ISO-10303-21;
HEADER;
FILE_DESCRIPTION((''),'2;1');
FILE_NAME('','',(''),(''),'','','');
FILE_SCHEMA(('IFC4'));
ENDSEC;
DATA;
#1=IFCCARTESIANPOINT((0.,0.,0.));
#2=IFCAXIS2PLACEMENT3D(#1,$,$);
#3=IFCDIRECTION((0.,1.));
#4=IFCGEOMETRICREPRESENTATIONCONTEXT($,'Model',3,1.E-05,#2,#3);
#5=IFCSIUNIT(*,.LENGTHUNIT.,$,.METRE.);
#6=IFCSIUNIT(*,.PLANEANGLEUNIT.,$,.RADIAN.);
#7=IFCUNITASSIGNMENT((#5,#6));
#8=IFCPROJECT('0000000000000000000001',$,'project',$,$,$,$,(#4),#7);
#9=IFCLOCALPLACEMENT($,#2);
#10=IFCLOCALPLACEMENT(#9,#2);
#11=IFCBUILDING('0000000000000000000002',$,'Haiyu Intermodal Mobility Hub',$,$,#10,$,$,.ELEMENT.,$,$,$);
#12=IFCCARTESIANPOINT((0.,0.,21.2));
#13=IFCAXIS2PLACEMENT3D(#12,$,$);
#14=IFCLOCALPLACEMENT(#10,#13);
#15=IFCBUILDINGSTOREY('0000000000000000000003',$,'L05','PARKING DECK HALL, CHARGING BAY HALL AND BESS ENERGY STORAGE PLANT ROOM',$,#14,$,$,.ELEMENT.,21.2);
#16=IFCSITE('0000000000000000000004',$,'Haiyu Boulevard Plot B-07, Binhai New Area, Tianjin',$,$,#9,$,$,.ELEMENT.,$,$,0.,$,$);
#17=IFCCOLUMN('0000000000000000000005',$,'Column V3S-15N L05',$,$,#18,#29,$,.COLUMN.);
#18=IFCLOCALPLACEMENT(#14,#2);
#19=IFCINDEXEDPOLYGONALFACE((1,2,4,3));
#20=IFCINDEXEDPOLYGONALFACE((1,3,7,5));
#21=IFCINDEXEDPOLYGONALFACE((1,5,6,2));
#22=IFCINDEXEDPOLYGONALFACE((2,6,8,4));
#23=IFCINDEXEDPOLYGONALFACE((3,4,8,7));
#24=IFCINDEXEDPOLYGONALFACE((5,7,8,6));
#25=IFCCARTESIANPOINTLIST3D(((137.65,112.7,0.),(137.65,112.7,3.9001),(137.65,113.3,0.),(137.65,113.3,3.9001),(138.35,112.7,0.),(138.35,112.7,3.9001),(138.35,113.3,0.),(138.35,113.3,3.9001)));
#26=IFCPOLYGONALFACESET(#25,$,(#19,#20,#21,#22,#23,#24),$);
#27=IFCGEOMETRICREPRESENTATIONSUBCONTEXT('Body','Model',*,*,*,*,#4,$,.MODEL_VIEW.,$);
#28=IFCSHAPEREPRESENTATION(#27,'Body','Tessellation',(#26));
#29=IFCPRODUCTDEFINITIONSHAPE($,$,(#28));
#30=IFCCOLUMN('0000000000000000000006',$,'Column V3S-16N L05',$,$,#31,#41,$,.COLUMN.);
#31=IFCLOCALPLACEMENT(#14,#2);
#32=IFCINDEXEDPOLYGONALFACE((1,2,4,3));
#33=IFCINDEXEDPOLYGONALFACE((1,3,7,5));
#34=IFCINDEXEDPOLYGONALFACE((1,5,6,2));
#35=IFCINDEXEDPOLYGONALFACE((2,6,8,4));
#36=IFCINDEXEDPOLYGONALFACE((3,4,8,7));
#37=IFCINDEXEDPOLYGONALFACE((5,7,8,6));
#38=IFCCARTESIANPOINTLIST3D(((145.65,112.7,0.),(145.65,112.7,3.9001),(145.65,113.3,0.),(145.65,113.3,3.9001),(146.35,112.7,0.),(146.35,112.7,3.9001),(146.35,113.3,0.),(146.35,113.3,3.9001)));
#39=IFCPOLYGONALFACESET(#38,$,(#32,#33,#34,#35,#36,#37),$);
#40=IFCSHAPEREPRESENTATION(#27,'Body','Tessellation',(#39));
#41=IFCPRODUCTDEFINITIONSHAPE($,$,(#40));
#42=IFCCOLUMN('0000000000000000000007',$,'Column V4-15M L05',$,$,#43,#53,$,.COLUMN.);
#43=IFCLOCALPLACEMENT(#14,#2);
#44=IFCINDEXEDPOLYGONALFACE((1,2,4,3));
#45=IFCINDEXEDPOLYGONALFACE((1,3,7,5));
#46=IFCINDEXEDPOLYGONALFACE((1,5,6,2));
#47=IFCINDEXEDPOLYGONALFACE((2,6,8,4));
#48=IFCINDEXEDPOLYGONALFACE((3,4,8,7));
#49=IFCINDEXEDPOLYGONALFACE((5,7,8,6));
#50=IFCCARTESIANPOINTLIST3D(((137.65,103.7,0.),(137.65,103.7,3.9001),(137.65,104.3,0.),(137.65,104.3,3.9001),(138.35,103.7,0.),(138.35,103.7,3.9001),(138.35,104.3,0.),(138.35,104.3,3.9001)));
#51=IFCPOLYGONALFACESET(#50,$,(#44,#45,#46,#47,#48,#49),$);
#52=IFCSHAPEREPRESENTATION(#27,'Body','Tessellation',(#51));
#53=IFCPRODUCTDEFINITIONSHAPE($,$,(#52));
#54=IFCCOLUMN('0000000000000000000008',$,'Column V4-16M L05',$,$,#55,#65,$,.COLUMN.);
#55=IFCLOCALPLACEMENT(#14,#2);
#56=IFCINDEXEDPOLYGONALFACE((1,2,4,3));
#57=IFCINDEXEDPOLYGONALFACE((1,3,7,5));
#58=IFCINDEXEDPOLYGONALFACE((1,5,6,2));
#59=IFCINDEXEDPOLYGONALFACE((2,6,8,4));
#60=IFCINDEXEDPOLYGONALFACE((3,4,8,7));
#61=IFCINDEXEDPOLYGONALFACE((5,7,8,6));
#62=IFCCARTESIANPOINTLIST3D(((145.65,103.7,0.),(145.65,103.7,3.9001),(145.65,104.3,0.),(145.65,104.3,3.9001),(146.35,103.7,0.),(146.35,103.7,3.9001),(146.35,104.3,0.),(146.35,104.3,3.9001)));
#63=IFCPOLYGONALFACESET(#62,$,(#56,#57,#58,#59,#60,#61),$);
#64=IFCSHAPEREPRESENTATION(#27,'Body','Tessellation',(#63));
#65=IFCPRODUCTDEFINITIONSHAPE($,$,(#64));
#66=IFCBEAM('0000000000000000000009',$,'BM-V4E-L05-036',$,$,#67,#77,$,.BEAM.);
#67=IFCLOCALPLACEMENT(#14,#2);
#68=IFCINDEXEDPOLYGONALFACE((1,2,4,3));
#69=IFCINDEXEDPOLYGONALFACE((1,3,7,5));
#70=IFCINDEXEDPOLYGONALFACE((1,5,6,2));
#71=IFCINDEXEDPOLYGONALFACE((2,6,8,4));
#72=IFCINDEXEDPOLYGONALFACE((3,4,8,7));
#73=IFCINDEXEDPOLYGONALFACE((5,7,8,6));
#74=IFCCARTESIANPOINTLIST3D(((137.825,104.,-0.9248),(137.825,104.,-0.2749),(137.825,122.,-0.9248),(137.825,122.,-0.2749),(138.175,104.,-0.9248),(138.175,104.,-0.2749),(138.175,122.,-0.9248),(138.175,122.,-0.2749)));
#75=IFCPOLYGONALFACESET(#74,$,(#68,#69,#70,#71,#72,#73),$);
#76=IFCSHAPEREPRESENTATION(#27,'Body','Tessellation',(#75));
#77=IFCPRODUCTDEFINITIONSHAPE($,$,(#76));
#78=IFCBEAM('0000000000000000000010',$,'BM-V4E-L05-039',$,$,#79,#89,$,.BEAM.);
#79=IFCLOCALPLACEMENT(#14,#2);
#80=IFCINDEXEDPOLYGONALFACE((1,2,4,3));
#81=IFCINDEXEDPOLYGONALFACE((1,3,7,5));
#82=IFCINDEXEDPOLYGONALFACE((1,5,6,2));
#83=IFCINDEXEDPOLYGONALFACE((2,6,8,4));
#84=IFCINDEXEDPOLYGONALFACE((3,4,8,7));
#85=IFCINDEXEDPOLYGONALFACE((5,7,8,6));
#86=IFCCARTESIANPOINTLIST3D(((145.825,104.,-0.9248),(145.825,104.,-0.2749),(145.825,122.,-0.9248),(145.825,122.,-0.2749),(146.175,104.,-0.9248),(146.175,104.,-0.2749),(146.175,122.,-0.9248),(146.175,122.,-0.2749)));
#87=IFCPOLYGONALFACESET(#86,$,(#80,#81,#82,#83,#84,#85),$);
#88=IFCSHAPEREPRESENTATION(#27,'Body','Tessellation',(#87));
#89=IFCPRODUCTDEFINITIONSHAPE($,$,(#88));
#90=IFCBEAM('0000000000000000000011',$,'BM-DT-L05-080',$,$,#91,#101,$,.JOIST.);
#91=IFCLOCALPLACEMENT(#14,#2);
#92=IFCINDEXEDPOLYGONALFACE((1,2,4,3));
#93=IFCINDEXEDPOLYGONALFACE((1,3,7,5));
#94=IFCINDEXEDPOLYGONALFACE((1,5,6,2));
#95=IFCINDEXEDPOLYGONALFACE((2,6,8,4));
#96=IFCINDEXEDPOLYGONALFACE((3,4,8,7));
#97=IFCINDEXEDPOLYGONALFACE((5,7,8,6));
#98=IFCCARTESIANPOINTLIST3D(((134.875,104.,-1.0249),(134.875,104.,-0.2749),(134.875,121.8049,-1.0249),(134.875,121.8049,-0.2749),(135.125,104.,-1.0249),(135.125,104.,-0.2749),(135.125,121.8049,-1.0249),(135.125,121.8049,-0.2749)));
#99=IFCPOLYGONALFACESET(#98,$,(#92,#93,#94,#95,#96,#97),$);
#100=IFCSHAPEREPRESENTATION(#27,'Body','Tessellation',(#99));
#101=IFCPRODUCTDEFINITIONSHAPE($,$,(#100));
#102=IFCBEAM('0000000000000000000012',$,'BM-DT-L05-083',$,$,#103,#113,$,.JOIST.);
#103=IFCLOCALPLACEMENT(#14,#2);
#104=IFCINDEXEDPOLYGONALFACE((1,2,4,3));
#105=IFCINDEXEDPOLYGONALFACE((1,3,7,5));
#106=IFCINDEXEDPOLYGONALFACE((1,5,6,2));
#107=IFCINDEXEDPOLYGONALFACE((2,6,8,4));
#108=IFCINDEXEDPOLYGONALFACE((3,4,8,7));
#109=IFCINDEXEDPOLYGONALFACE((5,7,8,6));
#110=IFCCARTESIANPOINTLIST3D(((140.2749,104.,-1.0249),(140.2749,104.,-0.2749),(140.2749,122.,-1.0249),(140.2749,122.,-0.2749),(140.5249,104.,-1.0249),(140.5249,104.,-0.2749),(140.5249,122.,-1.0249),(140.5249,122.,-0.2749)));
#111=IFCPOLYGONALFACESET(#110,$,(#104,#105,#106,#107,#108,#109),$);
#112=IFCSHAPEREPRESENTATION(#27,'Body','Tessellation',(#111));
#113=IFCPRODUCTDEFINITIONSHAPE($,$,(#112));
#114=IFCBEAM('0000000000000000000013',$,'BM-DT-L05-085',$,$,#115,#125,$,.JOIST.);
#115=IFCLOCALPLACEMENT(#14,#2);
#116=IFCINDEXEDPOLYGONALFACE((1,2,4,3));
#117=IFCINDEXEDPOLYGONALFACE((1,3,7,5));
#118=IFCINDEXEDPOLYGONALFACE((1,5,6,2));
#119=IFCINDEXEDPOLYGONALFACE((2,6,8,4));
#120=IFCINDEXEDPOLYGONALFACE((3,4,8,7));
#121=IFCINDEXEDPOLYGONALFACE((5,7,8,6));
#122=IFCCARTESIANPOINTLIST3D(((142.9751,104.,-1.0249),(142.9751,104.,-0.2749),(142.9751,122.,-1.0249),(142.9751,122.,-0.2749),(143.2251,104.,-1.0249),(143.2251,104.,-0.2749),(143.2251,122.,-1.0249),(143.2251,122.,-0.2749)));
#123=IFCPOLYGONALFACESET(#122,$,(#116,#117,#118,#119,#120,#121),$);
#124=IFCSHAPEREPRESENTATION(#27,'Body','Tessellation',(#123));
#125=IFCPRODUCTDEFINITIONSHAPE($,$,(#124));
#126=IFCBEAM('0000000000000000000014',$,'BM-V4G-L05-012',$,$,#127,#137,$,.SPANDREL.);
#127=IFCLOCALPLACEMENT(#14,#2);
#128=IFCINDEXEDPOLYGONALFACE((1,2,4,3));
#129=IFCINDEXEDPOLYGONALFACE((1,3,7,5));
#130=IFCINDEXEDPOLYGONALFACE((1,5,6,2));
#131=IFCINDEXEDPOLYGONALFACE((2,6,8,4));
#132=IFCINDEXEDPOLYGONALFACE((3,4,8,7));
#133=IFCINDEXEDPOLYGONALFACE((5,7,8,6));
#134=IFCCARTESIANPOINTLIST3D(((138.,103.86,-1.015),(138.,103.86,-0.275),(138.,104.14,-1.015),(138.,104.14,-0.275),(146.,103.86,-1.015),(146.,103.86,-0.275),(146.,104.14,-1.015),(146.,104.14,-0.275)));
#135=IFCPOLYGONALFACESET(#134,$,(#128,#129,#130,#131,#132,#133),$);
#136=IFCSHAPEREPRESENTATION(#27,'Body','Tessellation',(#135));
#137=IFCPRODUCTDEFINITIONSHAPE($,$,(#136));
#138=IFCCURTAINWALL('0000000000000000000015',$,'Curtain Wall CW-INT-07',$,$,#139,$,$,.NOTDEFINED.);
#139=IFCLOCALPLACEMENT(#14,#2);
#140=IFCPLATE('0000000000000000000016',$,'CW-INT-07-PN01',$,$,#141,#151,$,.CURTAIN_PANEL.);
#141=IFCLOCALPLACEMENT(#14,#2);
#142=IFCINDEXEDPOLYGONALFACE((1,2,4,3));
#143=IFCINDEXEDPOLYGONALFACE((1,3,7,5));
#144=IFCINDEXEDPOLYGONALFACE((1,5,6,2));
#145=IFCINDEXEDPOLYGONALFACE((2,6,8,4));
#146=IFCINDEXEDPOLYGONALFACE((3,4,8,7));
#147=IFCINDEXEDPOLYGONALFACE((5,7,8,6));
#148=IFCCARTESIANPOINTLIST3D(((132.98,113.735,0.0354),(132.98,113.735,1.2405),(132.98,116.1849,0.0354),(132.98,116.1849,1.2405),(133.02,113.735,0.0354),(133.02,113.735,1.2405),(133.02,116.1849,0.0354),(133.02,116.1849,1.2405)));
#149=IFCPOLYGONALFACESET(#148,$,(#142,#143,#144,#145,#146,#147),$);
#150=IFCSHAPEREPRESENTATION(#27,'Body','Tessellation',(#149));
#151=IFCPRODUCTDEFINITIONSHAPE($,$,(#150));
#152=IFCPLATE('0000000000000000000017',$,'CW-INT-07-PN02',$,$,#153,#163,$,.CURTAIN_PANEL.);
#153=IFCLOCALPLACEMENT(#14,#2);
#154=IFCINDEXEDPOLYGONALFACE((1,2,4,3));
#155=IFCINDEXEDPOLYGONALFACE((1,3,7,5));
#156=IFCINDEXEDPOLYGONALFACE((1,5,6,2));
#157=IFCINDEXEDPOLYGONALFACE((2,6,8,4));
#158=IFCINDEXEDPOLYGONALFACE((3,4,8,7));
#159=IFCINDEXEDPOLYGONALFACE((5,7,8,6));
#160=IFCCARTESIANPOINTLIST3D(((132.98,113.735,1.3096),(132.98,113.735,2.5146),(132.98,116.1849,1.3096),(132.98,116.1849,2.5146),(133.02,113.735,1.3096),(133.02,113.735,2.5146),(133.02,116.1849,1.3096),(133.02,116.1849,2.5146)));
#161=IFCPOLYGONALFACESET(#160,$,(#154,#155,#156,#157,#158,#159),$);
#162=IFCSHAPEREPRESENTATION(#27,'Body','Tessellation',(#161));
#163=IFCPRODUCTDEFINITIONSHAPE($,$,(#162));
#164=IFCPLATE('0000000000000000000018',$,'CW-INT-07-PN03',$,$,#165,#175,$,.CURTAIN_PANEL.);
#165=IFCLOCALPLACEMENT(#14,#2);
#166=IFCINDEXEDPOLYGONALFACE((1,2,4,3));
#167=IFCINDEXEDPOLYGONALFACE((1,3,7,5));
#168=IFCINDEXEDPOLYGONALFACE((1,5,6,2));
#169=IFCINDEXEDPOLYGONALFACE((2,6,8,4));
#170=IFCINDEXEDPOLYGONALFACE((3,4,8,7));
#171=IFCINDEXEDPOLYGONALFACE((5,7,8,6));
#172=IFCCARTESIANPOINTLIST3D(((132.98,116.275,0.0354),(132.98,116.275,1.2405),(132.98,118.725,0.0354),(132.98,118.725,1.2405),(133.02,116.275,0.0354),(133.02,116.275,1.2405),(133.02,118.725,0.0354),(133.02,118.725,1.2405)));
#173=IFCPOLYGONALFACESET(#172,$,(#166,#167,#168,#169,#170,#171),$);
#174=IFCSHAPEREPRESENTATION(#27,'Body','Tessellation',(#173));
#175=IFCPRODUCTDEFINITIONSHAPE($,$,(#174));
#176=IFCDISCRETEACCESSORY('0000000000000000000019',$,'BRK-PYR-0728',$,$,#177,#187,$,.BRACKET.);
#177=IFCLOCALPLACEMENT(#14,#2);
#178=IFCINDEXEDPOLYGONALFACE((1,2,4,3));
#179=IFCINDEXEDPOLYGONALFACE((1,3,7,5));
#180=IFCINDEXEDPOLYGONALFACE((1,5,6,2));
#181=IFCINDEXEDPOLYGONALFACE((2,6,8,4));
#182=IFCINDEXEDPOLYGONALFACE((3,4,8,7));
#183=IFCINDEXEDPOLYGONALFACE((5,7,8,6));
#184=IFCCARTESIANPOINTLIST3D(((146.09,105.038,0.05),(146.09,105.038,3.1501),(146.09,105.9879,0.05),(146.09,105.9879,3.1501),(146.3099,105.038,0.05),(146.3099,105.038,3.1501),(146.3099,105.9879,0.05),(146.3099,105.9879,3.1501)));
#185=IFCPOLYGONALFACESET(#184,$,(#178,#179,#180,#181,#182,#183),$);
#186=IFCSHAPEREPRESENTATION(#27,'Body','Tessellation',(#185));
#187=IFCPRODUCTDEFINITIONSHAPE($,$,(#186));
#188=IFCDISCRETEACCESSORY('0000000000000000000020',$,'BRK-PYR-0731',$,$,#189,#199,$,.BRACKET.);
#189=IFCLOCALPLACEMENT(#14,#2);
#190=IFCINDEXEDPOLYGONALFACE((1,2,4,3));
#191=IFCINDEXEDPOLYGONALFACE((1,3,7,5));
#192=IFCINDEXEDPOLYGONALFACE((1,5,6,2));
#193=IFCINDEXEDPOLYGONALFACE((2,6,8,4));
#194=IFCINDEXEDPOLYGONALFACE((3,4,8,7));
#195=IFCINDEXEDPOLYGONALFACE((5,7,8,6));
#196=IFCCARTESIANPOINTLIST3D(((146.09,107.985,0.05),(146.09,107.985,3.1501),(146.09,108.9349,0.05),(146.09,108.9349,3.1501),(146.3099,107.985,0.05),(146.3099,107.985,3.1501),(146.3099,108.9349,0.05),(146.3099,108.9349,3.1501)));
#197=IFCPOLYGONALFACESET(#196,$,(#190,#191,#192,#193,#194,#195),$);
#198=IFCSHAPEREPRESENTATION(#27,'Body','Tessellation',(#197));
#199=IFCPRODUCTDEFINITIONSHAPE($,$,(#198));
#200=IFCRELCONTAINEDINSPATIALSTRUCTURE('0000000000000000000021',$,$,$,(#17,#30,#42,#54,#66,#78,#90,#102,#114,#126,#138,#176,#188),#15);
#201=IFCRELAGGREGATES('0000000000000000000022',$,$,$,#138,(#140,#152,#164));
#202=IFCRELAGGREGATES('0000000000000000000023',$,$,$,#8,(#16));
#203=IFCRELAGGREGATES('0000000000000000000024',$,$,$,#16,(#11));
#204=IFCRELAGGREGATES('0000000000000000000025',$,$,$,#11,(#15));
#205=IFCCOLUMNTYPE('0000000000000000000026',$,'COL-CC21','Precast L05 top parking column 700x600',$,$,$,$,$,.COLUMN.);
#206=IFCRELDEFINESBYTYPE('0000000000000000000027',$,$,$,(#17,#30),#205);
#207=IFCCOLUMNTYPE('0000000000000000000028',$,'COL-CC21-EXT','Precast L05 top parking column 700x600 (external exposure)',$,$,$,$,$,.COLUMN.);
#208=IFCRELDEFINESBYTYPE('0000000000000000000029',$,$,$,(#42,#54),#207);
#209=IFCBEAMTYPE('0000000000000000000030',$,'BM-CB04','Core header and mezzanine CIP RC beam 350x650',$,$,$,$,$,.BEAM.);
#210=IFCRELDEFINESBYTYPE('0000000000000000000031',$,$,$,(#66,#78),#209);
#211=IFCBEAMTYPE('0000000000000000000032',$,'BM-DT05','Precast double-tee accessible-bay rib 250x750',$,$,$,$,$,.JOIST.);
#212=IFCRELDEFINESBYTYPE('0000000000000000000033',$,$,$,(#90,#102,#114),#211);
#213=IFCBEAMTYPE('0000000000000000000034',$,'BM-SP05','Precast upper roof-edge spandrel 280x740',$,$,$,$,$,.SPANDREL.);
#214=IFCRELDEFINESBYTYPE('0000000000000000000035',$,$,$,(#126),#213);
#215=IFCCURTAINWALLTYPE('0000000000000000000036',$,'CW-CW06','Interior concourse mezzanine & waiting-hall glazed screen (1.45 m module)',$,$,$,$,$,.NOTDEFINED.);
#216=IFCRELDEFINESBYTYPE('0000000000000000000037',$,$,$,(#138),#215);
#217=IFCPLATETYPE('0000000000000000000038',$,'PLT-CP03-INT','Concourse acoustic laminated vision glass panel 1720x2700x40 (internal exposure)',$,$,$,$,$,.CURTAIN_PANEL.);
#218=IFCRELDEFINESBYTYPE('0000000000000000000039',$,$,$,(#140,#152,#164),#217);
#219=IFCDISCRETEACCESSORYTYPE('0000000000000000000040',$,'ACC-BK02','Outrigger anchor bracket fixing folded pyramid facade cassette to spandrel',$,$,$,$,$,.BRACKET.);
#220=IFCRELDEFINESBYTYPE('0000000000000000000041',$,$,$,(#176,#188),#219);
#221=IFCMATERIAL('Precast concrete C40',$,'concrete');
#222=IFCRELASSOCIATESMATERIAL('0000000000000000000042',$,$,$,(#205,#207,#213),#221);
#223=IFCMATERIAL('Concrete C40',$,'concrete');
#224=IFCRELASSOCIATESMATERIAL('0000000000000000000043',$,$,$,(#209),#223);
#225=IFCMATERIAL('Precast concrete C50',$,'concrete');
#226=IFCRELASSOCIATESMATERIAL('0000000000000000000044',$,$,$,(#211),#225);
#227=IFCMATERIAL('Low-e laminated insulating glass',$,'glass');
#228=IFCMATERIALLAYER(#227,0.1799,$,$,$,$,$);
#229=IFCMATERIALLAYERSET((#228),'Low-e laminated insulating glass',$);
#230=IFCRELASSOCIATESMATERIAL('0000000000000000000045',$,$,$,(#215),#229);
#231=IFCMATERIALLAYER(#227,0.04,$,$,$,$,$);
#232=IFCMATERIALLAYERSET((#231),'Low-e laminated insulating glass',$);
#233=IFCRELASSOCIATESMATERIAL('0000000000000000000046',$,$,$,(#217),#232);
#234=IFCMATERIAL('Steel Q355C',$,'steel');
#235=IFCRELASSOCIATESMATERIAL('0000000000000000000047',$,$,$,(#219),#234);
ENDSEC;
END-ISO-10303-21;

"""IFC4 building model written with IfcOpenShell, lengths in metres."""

from ifc_helpers import new_model, si_unit, direction, frame, origin, origin_2d, place, context, subcontext, project, spatial, rectangle, extrude, material, layer, layer_set, material_profile, profile_set, type_object, element, aggregate, save


model = new_model("IFC4")

# Units and contexts
model_context = context("Model", 3, precision=1e-05, world=origin(), true_north=direction((0.0, 1.0)))
body_context = subcontext(model_context, "Body", "Model", "MODEL_VIEW")
ifc_project = project(units=[si_unit("LENGTHUNIT", "METRE"), si_unit("PLANEANGLEUNIT", "RADIAN")], contexts=[model_context])

# Site, building, storey
site_placement = place(None, origin())
site = spatial("IfcSite", under=ifc_project, at=site_placement, Name="Haiyu Boulevard Plot B-07, Binhai New Area, Tianjin", CompositionType="ELEMENT", RefElevation=0.0)
building_placement = place(site_placement, origin())
building = spatial("IfcBuilding", under=site, at=building_placement, Name="Haiyu Intermodal Mobility Hub", CompositionType="ELEMENT")
storey_placement = place(building_placement, frame((0.0, 0.0, 21.2)))
storey = spatial("IfcBuildingStorey", under=building, at=storey_placement, Name="L05", Description="PARKING DECK HALL, CHARGING BAY HALL AND BESS ENERGY STORAGE PLANT ROOM", CompositionType="ELEMENT", Elevation=21.2)

# Columns
ifc_material_1 = material(Name="Precast concrete C40", Category="concrete")
ifc_material_profile_1 = material_profile(ifc_material_1, rectangle(XDim=0.7, YDim=0.6001, at=origin_2d()), Name="C700x600")
ifc_profile_set_1 = profile_set([ifc_material_profile_1], Name="Precast concrete C40")
column_type_1 = type_object("IfcColumnType", Name="COL-CC21", Description="Precast L05 top parking column 700x600", PredefinedType="COLUMN", material=ifc_profile_set_1)
for number, where, z_axis, x_axis, name in (
    (1, (138.0, 113.0, 0.0), (0.0, 0.0, 1.0), (1.0, 0.0, 0.0), "Column V3S-15N L05"),
    (2, (146.0, 113.0, 0.0), (0.0, 0.0, 1.0), (1.0, 0.0, 0.0), "Column V3S-16N L05"),
):
    element("IfcColumn", number, at=place(storey_placement, frame(where, z_axis=z_axis, x_axis=x_axis)), inside=storey, type_object=column_type_1, Name=name, PredefinedType="COLUMN", context=body_context, shape_type="SweptSolid", body=[
        extrude(rectangle(XDim=0.7, YDim=0.6001, at=origin_2d()), origin(), (0.0, 0.0, 1.0), 3.9001),
    ])
ifc_material_profile_2 = material_profile(ifc_material_1, rectangle(XDim=0.7, YDim=0.6001, at=origin_2d()), Name="C700x600")
ifc_profile_set_2 = profile_set([ifc_material_profile_2], Name="Precast concrete C40")
column_type_2 = type_object("IfcColumnType", Name="COL-CC21-EXT", Description="Precast L05 top parking column 700x600 (external exposure)", PredefinedType="COLUMN", material=ifc_profile_set_2)
for number, where, z_axis, x_axis, name in (
    (3, (138.0, 104.0, 0.0), (0.0, 0.0, 1.0), (1.0, 0.0, 0.0), "Column V4-15M L05"),
    (4, (146.0, 104.0, 0.0), (0.0, 0.0, 1.0), (1.0, 0.0, 0.0), "Column V4-16M L05"),
):
    element("IfcColumn", number, at=place(storey_placement, frame(where, z_axis=z_axis, x_axis=x_axis)), inside=storey, type_object=column_type_2, Name=name, PredefinedType="COLUMN", context=body_context, shape_type="SweptSolid", body=[
        extrude(rectangle(XDim=0.7, YDim=0.6001, at=origin_2d()), origin(), (0.0, 0.0, 1.0), 3.9001),
    ])

# Beams
ifc_material_2 = material(Name="Concrete C40", Category="concrete")
ifc_material_profile_3 = material_profile(ifc_material_2, rectangle(XDim=0.3501, YDim=0.6499, at=origin_2d()), Name="RCB350x650")
ifc_profile_set_3 = profile_set([ifc_material_profile_3], Name="Concrete C40")
beam_type_1 = type_object("IfcBeamType", Name="BM-CB04", Description="Core header and mezzanine CIP RC beam 350x650", PredefinedType="BEAM", material=ifc_profile_set_3)
for number, where, z_axis, x_axis, name in (
    (5, (138.0, 104.0, -0.5999), (0.0, 1.0, 0.0), (-1.0, 0.0, 0.0), "BM-V4E-L05-036"),
    (6, (146.0, 104.0, -0.5999), (0.0, 1.0, 0.0), (-1.0, 0.0, 0.0), "BM-V4E-L05-039"),
):
    element("IfcBeam", number, at=place(storey_placement, frame(where, z_axis=z_axis, x_axis=x_axis)), inside=storey, type_object=beam_type_1, Name=name, PredefinedType="BEAM", context=body_context, shape_type="SweptSolid", body=[
        extrude(rectangle(XDim=0.3501, YDim=0.6499, at=origin_2d()), origin(), (0.0, 0.0, 1.0), 18.0),
    ])
ifc_material_3 = material(Name="Precast concrete C50", Category="concrete")
ifc_material_profile_4 = material_profile(ifc_material_3, rectangle(XDim=0.25, YDim=0.75, at=origin_2d()), Name="B250x750")
ifc_profile_set_4 = profile_set([ifc_material_profile_4], Name="Precast concrete C50")
beam_type_2 = type_object("IfcBeamType", Name="BM-DT05", Description="Precast double-tee accessible-bay rib 250x750", PredefinedType="JOIST", material=ifc_profile_set_4)
beam_1_placement = place(storey_placement, frame((135.0, 104.0, -0.6499), z_axis=(0.0, 1.0, 0.0), x_axis=(-1.0, 0.0, 0.0)))
element("IfcBeam", 7, at=beam_1_placement, inside=storey, type_object=beam_type_2, Name="BM-DT-L05-080", PredefinedType="JOIST", context=body_context, shape_type="SweptSolid", body=[
    extrude(rectangle(XDim=0.25, YDim=0.75, at=origin_2d()), origin(), (0.0, 0.0, 1.0), 17.8049),
])
for number, where, z_axis, x_axis, name in (
    (8, (140.3999, 104.0, -0.6499), (0.0, 1.0, 0.0), (-1.0, 0.0, 0.0), "BM-DT-L05-083"),
    (9, (143.1001, 104.0, -0.6499), (0.0, 1.0, 0.0), (-1.0, 0.0, 0.0), "BM-DT-L05-085"),
):
    element("IfcBeam", number, at=place(storey_placement, frame(where, z_axis=z_axis, x_axis=x_axis)), inside=storey, type_object=beam_type_2, Name=name, PredefinedType="JOIST", context=body_context, shape_type="SweptSolid", body=[
        extrude(rectangle(XDim=0.25, YDim=0.75, at=origin_2d()), origin(), (0.0, 0.0, 1.0), 18.0),
    ])
ifc_material_profile_5 = material_profile(ifc_material_1, rectangle(XDim=0.28, YDim=0.74, at=origin_2d()), Name="B280x740")
ifc_profile_set_5 = profile_set([ifc_material_profile_5], Name="Precast concrete C40")
beam_type_3 = type_object("IfcBeamType", Name="BM-SP05", Description="Precast upper roof-edge spandrel 280x740", PredefinedType="SPANDREL", material=ifc_profile_set_5)
beam_2_placement = place(storey_placement, frame((138.0, 104.0, -0.645), z_axis=(1.0, 0.0, 0.0), x_axis=(0.0, 1.0, 0.0)))
element("IfcBeam", 10, at=beam_2_placement, inside=storey, type_object=beam_type_3, Name="BM-V4G-L05-012", PredefinedType="SPANDREL", context=body_context, shape_type="SweptSolid", body=[
    extrude(rectangle(XDim=0.28, YDim=0.74, at=origin_2d()), origin(), (0.0, 0.0, 1.0), 8.0),
])

# Curtain wall, plates
ifc_material_4 = material(Name="Low-e laminated insulating glass", Category="glass")
ifc_layer_1 = layer(ifc_material_4, 0.1799)
ifc_layer_set_1 = layer_set([ifc_layer_1], Name="Low-e laminated insulating glass")
curtain_wall_type = type_object("IfcCurtainWallType", Name="CW-CW06", Description="Interior concourse mezzanine & waiting-hall glazed screen (1.45 m module)", PredefinedType="NOTDEFINED", material=ifc_layer_set_1)
curtain_wall_placement = place(storey_placement, origin())
curtain_wall = element("IfcCurtainWall", 11, at=curtain_wall_placement, inside=storey, type_object=curtain_wall_type, Name="Curtain Wall CW-INT-07", PredefinedType="NOTDEFINED")
ifc_layer_2 = layer(ifc_material_4, 0.04)
ifc_layer_set_2 = layer_set([ifc_layer_2], Name="Low-e laminated insulating glass")
plate_type = type_object("IfcPlateType", Name="PLT-CP03-INT", Description="Concourse acoustic laminated vision glass panel 1720x2700x40 (internal exposure)", PredefinedType="CURTAIN_PANEL", material=ifc_layer_set_2)
plate_1_placement = place(storey_placement, frame((133.0, 114.96, 0.0354), z_axis=(0.0, 0.0, 1.0), x_axis=(0.0, 1.0, 0.0)))
plate_1 = element("IfcPlate", 12, at=plate_1_placement, type_object=plate_type, Name="CW-INT-07-PN01", PredefinedType="CURTAIN_PANEL", context=body_context, shape_type="SweptSolid", body=[
    extrude(rectangle(XDim=2.45, YDim=0.04, at=origin_2d()), origin(), (0.0, 0.0, 1.0), 1.2051),
])
plate_2_placement = place(storey_placement, frame((133.0, 114.96, 1.3096), z_axis=(0.0, 0.0, 1.0), x_axis=(0.0, 1.0, 0.0)))
plate_2 = element("IfcPlate", 13, at=plate_2_placement, type_object=plate_type, Name="CW-INT-07-PN02", PredefinedType="CURTAIN_PANEL", context=body_context, shape_type="SweptSolid", body=[
    extrude(rectangle(XDim=2.45, YDim=0.04, at=origin_2d()), origin(), (0.0, 0.0, 1.0), 1.2051),
])
plate_3_placement = place(storey_placement, frame((133.0, 117.5, 0.0354), z_axis=(0.0, 0.0, 1.0), x_axis=(0.0, 1.0, 0.0)))
plate_3 = element("IfcPlate", 14, at=plate_3_placement, type_object=plate_type, Name="CW-INT-07-PN03", PredefinedType="CURTAIN_PANEL", context=body_context, shape_type="SweptSolid", body=[
    extrude(rectangle(XDim=2.45, YDim=0.04, at=origin_2d()), origin(), (0.0, 0.0, 1.0), 1.2051),
])
aggregate(curtain_wall, [plate_1, plate_2, plate_3])

# Shared definitions
ifc_material_5 = material(Name="Steel Q355C", Category="steel")

# Discrete accessories
discrete_accessory_type = type_object("IfcDiscreteAccessoryType", Name="ACC-BK02", Description="Outrigger anchor bracket fixing folded pyramid facade cassette to spandrel", PredefinedType="BRACKET", material=ifc_material_5)
for number, where, z_axis, x_axis, name in (
    (15, (146.2, 105.5129, 0.05), (0.0, 0.0, 1.0), (1.0, 0.0, 0.0), "BRK-PYR-0728"),
    (16, (146.2, 108.46, 0.05), (0.0, 0.0, 1.0), (1.0, 0.0, 0.0), "BRK-PYR-0731"),
):
    element("IfcDiscreteAccessory", number, at=place(storey_placement, frame(where, z_axis=z_axis, x_axis=x_axis)), inside=storey, type_object=discrete_accessory_type, Name=name, PredefinedType="BRACKET", context=body_context, shape_type="SweptSolid", body=[
        extrude(rectangle(XDim=0.22, YDim=0.95, at=origin_2d()), origin(), (0.0, 0.0, 1.0), 3.1001),
    ])

save(model, "model.ifc")
